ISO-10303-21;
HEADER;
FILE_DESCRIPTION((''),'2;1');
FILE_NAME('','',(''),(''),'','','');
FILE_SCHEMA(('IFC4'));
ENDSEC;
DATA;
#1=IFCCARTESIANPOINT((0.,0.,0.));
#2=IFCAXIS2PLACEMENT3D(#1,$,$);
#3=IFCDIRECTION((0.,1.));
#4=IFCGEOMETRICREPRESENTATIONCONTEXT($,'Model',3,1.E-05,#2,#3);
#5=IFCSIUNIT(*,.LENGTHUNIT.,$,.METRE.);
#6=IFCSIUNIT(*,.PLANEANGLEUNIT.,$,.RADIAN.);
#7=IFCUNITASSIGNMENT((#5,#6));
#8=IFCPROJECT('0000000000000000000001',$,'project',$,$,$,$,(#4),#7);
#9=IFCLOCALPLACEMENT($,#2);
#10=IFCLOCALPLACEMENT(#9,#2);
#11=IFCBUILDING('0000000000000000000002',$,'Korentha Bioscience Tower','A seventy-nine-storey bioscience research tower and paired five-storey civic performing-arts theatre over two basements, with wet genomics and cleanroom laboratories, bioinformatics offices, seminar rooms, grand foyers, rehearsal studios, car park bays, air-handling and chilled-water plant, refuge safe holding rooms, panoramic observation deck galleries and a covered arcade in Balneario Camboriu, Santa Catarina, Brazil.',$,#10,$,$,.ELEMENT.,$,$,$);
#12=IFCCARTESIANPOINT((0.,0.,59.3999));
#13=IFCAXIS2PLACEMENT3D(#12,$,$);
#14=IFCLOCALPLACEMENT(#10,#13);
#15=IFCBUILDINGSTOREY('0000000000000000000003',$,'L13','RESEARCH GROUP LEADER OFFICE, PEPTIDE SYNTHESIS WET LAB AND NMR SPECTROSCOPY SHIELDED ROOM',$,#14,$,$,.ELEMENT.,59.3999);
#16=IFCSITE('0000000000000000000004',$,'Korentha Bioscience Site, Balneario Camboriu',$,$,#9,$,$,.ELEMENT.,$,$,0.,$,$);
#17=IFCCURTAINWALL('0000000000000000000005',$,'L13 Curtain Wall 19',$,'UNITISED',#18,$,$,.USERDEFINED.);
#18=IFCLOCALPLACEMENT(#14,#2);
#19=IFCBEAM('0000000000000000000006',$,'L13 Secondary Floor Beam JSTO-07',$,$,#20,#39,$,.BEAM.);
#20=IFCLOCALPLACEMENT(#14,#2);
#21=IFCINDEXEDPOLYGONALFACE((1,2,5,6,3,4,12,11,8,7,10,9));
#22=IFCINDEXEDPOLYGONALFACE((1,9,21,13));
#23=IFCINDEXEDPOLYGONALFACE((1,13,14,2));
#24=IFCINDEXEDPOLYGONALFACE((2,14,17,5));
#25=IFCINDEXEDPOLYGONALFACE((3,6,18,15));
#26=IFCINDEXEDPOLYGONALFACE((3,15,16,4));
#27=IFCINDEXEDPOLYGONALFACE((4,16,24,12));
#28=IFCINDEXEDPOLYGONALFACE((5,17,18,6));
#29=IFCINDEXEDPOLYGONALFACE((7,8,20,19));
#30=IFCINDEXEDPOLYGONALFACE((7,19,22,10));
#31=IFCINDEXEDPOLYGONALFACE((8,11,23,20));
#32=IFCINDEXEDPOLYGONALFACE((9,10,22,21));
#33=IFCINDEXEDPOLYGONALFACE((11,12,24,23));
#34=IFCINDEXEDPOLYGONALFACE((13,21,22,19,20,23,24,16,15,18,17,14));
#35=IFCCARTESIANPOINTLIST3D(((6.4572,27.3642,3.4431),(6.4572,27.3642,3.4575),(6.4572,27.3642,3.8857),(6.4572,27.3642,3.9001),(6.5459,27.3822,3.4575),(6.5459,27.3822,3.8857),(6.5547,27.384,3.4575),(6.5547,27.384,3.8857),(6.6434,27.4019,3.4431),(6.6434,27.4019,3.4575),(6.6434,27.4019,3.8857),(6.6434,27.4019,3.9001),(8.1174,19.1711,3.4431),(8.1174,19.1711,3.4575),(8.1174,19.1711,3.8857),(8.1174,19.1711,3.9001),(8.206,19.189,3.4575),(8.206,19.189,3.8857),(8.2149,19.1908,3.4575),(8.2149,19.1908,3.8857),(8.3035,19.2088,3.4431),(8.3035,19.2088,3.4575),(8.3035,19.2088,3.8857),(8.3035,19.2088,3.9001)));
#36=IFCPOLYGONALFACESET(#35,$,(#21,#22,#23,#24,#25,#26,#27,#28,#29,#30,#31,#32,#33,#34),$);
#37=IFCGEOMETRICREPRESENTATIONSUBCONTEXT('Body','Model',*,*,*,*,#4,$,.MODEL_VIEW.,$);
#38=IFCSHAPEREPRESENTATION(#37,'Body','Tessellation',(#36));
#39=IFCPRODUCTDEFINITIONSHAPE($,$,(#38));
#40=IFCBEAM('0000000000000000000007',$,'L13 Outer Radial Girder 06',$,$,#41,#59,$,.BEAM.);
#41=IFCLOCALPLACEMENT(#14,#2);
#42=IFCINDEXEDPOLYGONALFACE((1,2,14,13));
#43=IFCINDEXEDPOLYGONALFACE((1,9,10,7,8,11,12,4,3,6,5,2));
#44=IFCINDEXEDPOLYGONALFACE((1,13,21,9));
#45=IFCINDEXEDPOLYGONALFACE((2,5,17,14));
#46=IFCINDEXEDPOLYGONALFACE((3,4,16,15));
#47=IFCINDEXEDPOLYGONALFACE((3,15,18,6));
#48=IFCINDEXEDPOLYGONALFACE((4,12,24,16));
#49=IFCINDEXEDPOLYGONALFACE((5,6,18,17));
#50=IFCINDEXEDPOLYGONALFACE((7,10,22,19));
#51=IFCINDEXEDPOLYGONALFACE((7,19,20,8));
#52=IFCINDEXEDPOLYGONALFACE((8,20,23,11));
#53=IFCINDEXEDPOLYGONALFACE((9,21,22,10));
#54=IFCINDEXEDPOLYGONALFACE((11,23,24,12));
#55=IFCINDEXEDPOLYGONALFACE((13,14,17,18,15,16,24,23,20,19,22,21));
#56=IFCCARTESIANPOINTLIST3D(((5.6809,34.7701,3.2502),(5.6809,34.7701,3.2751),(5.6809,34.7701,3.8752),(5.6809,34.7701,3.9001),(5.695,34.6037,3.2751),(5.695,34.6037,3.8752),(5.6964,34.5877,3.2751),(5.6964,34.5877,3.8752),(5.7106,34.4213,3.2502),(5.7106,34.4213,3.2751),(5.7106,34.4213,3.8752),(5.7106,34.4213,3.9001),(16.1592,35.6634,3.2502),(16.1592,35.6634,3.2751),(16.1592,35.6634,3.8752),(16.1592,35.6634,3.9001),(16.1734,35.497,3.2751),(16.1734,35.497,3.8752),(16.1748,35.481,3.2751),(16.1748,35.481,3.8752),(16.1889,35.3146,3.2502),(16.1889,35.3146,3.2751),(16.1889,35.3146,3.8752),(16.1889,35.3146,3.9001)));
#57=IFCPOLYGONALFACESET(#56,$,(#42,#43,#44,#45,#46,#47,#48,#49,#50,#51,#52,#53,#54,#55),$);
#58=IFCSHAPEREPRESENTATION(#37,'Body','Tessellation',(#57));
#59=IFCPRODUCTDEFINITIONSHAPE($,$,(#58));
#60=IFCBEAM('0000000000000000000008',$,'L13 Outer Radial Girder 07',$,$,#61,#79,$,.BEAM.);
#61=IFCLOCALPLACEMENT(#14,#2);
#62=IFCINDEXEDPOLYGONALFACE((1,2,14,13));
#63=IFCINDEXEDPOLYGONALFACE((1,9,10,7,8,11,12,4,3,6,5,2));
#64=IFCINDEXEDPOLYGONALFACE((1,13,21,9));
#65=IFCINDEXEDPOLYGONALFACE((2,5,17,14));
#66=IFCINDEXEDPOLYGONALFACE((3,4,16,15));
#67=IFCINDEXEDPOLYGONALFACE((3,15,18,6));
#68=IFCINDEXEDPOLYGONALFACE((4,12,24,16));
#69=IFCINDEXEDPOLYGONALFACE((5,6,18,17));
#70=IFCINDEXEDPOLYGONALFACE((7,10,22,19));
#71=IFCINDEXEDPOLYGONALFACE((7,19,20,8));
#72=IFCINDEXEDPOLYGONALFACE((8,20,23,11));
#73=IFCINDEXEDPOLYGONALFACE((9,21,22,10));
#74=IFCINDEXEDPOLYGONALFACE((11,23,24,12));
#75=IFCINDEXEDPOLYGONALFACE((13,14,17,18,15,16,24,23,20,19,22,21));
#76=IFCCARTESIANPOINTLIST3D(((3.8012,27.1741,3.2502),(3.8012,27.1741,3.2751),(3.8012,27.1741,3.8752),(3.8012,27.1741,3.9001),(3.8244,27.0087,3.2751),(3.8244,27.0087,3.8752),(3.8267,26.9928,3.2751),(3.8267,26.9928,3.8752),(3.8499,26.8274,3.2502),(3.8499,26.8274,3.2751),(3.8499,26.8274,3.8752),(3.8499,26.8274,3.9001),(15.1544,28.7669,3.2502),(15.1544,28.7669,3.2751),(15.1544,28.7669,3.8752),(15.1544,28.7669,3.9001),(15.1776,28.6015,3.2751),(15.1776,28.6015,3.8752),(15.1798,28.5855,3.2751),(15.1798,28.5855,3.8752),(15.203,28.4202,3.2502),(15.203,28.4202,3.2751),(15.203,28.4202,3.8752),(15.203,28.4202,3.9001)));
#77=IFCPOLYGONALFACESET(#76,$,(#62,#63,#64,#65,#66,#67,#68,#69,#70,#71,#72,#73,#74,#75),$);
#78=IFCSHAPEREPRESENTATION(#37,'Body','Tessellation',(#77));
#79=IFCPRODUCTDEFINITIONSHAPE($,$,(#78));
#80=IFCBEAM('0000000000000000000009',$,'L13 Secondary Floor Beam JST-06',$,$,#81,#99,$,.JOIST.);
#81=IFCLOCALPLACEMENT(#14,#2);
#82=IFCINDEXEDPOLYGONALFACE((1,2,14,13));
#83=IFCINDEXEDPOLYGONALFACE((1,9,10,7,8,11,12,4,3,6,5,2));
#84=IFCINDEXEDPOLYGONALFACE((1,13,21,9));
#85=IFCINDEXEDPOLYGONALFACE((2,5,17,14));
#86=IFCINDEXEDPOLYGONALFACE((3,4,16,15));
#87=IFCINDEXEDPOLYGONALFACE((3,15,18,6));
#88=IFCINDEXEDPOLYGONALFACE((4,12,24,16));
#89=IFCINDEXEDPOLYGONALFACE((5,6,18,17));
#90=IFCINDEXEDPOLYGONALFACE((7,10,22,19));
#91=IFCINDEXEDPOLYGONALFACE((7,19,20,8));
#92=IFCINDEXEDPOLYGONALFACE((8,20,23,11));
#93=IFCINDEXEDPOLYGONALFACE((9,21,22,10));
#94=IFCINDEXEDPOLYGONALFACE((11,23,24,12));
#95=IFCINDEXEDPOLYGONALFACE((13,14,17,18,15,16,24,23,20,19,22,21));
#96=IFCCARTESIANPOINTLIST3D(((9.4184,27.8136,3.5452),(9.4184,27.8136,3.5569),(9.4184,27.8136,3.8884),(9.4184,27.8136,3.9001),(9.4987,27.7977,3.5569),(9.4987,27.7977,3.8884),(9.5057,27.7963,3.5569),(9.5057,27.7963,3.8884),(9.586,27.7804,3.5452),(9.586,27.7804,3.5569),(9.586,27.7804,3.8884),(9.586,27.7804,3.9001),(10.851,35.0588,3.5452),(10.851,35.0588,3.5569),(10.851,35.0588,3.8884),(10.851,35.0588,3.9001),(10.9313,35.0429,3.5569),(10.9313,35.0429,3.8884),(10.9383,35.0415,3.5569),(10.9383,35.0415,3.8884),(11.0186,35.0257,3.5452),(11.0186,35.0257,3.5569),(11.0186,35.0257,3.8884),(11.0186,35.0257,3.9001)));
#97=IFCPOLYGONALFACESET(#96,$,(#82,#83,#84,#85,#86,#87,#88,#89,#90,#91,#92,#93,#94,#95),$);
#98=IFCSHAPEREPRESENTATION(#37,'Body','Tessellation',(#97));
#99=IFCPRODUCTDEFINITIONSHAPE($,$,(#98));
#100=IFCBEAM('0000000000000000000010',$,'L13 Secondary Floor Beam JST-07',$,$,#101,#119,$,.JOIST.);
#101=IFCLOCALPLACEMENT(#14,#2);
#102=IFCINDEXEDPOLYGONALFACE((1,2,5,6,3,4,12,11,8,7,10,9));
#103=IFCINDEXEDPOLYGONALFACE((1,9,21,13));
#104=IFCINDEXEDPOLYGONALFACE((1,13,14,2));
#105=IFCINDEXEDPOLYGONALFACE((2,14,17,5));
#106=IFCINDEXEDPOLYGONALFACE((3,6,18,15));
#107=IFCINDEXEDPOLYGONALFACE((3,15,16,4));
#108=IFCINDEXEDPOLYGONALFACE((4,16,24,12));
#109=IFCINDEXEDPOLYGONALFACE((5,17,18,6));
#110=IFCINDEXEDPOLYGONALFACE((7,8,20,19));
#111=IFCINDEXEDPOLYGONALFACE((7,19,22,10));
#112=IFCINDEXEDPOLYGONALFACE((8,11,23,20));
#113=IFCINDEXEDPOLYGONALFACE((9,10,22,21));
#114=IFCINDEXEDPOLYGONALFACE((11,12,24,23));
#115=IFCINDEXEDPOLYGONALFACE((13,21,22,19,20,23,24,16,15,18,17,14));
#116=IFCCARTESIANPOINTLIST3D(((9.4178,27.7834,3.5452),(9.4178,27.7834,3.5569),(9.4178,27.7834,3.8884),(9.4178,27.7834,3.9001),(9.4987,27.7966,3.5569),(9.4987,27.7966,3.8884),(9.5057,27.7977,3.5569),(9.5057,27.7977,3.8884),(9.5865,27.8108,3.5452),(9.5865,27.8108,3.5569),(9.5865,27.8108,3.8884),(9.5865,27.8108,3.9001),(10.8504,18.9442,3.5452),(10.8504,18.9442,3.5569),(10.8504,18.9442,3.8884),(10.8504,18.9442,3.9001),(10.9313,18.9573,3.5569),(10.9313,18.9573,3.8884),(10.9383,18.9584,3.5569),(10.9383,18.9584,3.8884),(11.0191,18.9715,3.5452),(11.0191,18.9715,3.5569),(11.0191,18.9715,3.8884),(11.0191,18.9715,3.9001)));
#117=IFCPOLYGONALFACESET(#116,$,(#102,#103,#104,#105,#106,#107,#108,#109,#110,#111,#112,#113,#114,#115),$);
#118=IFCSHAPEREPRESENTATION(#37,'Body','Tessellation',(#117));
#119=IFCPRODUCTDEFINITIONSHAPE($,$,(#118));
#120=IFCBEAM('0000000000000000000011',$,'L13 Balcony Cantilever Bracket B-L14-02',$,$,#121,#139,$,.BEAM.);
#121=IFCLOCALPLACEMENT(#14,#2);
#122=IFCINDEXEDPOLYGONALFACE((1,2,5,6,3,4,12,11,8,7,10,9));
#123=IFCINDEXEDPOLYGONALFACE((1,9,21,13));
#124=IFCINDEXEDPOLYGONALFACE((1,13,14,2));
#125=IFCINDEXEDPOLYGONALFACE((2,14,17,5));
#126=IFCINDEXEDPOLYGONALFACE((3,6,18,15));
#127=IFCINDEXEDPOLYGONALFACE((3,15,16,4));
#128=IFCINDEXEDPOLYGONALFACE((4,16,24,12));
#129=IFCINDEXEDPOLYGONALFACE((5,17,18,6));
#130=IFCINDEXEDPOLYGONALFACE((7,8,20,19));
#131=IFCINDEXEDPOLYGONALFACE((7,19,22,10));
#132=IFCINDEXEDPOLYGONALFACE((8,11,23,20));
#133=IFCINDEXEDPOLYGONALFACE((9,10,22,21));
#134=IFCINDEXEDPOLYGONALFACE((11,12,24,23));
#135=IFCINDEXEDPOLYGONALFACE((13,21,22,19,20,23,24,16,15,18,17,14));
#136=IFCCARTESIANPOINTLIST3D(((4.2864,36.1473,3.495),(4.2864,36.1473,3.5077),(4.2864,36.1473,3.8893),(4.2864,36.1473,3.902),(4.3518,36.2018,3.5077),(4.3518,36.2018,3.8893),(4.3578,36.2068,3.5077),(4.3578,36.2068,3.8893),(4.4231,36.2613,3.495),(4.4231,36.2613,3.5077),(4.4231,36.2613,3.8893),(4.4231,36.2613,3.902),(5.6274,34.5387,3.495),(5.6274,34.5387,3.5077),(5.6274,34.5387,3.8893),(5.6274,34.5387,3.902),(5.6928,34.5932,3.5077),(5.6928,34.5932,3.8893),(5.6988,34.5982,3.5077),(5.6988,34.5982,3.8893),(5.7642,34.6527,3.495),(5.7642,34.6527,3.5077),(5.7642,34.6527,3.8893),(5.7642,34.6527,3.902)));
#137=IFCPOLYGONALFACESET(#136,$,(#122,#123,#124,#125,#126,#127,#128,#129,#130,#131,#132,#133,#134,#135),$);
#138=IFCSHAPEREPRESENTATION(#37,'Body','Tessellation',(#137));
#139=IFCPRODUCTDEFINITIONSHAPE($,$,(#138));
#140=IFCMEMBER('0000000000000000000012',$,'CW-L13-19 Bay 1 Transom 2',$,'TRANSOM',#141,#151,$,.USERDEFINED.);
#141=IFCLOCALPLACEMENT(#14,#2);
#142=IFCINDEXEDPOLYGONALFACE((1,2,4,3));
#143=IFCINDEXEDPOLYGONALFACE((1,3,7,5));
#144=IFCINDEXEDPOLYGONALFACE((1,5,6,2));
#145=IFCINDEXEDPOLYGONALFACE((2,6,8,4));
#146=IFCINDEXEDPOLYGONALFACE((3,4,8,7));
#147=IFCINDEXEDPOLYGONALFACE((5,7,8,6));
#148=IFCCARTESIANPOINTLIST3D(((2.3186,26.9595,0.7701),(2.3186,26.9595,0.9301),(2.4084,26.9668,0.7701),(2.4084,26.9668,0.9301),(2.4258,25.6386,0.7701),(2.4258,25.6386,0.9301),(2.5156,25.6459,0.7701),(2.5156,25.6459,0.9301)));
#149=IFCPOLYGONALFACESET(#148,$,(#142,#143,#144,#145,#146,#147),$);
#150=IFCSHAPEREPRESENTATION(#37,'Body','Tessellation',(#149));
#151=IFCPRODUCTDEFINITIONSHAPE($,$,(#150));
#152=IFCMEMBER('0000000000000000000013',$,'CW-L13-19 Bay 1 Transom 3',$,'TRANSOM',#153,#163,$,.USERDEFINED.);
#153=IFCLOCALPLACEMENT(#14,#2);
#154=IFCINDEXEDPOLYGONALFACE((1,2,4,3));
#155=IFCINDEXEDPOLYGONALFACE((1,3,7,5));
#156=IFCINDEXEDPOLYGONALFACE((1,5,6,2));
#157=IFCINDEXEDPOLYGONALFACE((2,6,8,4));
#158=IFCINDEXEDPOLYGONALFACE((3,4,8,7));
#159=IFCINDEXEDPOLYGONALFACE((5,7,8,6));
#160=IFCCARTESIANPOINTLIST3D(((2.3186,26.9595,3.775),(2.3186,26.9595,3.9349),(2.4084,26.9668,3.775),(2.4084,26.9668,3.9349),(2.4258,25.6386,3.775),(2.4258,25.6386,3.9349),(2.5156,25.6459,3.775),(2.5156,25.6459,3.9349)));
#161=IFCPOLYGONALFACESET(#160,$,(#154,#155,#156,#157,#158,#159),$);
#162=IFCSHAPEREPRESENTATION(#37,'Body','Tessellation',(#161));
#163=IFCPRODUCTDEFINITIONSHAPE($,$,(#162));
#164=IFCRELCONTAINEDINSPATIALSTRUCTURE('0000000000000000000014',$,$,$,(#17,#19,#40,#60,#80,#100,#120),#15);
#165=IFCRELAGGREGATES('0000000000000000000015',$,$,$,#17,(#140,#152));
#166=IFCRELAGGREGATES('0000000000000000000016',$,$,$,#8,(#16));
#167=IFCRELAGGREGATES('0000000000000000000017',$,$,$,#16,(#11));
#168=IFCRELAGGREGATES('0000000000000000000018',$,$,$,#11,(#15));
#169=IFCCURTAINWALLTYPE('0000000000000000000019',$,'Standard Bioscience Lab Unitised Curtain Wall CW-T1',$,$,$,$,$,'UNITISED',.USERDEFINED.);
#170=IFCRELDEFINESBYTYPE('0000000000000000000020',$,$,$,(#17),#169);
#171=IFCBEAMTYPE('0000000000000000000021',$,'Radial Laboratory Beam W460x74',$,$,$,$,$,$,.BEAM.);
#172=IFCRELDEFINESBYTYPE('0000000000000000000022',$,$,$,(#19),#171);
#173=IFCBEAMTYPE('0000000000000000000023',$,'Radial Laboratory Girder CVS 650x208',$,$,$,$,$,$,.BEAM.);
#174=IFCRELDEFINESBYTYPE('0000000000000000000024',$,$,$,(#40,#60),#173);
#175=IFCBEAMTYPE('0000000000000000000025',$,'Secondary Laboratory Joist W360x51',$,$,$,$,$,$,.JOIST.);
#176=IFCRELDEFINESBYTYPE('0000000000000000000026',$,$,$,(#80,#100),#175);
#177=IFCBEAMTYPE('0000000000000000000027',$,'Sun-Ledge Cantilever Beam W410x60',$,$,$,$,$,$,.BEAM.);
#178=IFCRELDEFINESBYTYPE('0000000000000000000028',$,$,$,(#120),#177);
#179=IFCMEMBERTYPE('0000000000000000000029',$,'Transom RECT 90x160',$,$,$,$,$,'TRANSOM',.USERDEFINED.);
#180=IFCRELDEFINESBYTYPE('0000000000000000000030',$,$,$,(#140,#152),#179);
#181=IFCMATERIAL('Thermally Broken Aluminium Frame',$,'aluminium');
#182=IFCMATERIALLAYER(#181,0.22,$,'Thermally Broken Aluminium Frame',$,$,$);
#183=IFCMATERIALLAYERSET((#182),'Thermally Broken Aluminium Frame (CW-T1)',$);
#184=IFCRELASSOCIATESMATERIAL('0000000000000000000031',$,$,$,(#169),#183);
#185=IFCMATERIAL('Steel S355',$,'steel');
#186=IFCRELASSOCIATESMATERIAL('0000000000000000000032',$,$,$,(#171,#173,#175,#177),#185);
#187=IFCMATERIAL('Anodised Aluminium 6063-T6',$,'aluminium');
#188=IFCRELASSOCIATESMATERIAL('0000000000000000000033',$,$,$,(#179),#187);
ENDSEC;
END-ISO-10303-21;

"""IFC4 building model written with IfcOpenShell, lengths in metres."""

from ifc_helpers import new_model, si_unit, direction, frame, origin, origin_2d, place, context, subcontext, project, spatial, rectangle, i_section, extrude, material, layer, layer_set, material_profile, profile_set, type_object, element, aggregate, save


model = new_model("IFC4")

# Units and contexts
model_context = context("Model", 3, precision=1e-05, world=origin(), true_north=direction((0.0, 1.0)))
body_context = subcontext(model_context, "Body", "Model", "MODEL_VIEW")
ifc_project = project(units=[si_unit("LENGTHUNIT", "METRE"), si_unit("PLANEANGLEUNIT", "RADIAN")], contexts=[model_context])

# Site, building, storey
site_placement = place(None, origin())
site = spatial("IfcSite", under=ifc_project, at=site_placement, Name="Korentha Bioscience Site, Balneario Camboriu", CompositionType="ELEMENT", RefElevation=0.0)
building_placement = place(site_placement, origin())
building = spatial("IfcBuilding", under=site, at=building_placement, Name="Korentha Bioscience Tower", Description="A seventy-nine-storey bioscience research tower and paired five-storey civic performing-arts theatre over two basements, with wet genomics and cleanroom laboratories, bioinformatics offices, seminar rooms, grand foyers, rehearsal studios, car park bays, air-handling and chilled-water plant, refuge safe holding rooms, panoramic observation deck galleries and a covered arcade in Balneario Camboriu, Santa Catarina, Brazil.", CompositionType="ELEMENT")
storey_placement = place(building_placement, frame((0.0, 0.0, 59.3999)))
storey = spatial("IfcBuildingStorey", under=building, at=storey_placement, Name="L13", Description="RESEARCH GROUP LEADER OFFICE, PEPTIDE SYNTHESIS WET LAB AND NMR SPECTROSCOPY SHIELDED ROOM", CompositionType="ELEMENT", Elevation=59.3999)

# Shared definitions
ifc_material_1 = material(Name="Steel S355", Category="steel")

# Curtain wall
ifc_material_2 = material(Name="Thermally Broken Aluminium Frame", Category="aluminium")
ifc_layer_1 = layer(ifc_material_2, 0.22, Name="Thermally Broken Aluminium Frame")
ifc_layer_set_1 = layer_set([ifc_layer_1], Name="Thermally Broken Aluminium Frame (CW-T1)")
curtain_wall_type = type_object("IfcCurtainWallType", Name="Standard Bioscience Lab Unitised Curtain Wall CW-T1", ElementType="UNITISED", PredefinedType="USERDEFINED", material=ifc_layer_set_1)
curtain_wall_placement = place(storey_placement, origin())
curtain_wall = element("IfcCurtainWall", 1, at=curtain_wall_placement, inside=storey, type_object=curtain_wall_type, Name="L13 Curtain Wall 19", ObjectType="UNITISED", PredefinedType="USERDEFINED")
ifc_material_3 = material(Name="Anodised Aluminium 6063-T6", Category="aluminium")

# Beams
ifc_material_profile_1 = material_profile(ifc_material_1, i_section(OverallWidth=0.1899, OverallDepth=0.457, WebThickness=0.009, FlangeThickness=0.0144, at=origin_2d()), Name="Steel S355")
ifc_profile_set_1 = profile_set([ifc_material_profile_1], Name="Steel S355 (RB-460)")
beam_type_1 = type_object("IfcBeamType", Name="Radial Laboratory Beam W460x74", PredefinedType="BEAM", material=ifc_profile_set_1)
beam_1_placement = place(storey_placement, frame((6.5503, 27.3831, 3.6716), z_axis=(0.198592, -0.980082, 0.0), x_axis=(0.980082, 0.198592, 0.0)))
element("IfcBeam", 2, at=beam_1_placement, inside=storey, type_object=beam_type_1, Name="L13 Secondary Floor Beam JSTO-07", PredefinedType="BEAM", context=body_context, shape_type="SweptSolid", body=[
    extrude(i_section(OverallWidth=0.1899, OverallDepth=0.457, WebThickness=0.009, FlangeThickness=0.0144, at=origin_2d()), origin(), (0.0, 0.0, 1.0), 8.3596),
])
ifc_material_profile_2 = material_profile(ifc_material_1, i_section(OverallWidth=0.3501, OverallDepth=0.6499, WebThickness=0.0161, FlangeThickness=0.0249, at=origin_2d()), Name="Steel S355")
ifc_profile_set_2 = profile_set([ifc_material_profile_2], Name="Steel S355 (RB-650)")
beam_type_2 = type_object("IfcBeamType", Name="Radial Laboratory Girder CVS 650x208", PredefinedType="BEAM", material=ifc_profile_set_2)
beam_2_placement = place(storey_placement, frame((16.1741, 35.489, 3.5752), z_axis=(-0.996386, -0.084945, 0.0), x_axis=(0.084945, -0.996386, 0.0)))
element("IfcBeam", 3, at=beam_2_placement, inside=storey, type_object=beam_type_2, Name="L13 Outer Radial Girder 06", PredefinedType="BEAM", context=body_context, shape_type="SweptSolid", body=[
    extrude(i_section(OverallWidth=0.3501, OverallDepth=0.6499, WebThickness=0.0161, FlangeThickness=0.0249, at=origin_2d()), origin(), (0.0, 0.0, 1.0), 10.5164),
])
beam_3_placement = place(storey_placement, frame((15.1787, 28.5935, 3.5752), z_axis=(-0.990302, -0.138931, 0.0), x_axis=(0.138931, -0.990302, 0.0)))
element("IfcBeam", 4, at=beam_3_placement, inside=storey, type_object=beam_type_2, Name="L13 Outer Radial Girder 07", PredefinedType="BEAM", context=body_context, shape_type="SweptSolid", body=[
    extrude(i_section(OverallWidth=0.3501, OverallDepth=0.6499, WebThickness=0.0161, FlangeThickness=0.0249, at=origin_2d()), origin(), (0.0, 0.0, 1.0), 11.4644),
])
ifc_material_profile_3 = material_profile(ifc_material_1, i_section(OverallWidth=0.1709, OverallDepth=0.355, WebThickness=0.0071, FlangeThickness=0.0117, at=origin_2d()), Name="Steel S355")
ifc_profile_set_3 = profile_set([ifc_material_profile_3], Name="Steel S355 (JB-360)")
beam_type_3 = type_object("IfcBeamType", Name="Secondary Laboratory Joist W360x51", PredefinedType="JOIST", material=ifc_profile_set_3)
beam_4_placement = place(storey_placement, frame((10.9348, 35.0422, 3.7227), z_axis=(-0.19398, -0.981006, 0.0), x_axis=(0.981006, -0.19398, 0.0)))
element("IfcBeam", 5, at=beam_4_placement, inside=storey, type_object=beam_type_3, Name="L13 Secondary Floor Beam JST-06", PredefinedType="JOIST", context=body_context, shape_type="SweptSolid", body=[
    extrude(i_section(OverallWidth=0.1709, OverallDepth=0.355, WebThickness=0.0071, FlangeThickness=0.0117, at=origin_2d()), origin(), (0.0, 0.0, 1.0), 7.3855),
])
beam_5_placement = place(storey_placement, frame((9.5022, 27.7971, 3.7227), z_axis=(0.159985, -0.987119, 0.0), x_axis=(0.987119, 0.159985, 0.0)))
element("IfcBeam", 6, at=beam_5_placement, inside=storey, type_object=beam_type_3, Name="L13 Secondary Floor Beam JST-07", PredefinedType="JOIST", context=body_context, shape_type="SweptSolid", body=[
    extrude(i_section(OverallWidth=0.1709, OverallDepth=0.355, WebThickness=0.0071, FlangeThickness=0.0117, at=origin_2d()), origin(), (0.0, 0.0, 1.0), 8.9546),
])
ifc_material_profile_4 = material_profile(ifc_material_1, i_section(OverallWidth=0.178, OverallDepth=0.407, WebThickness=0.0078, FlangeThickness=0.0127, at=origin_2d()), Name="Steel S355")
ifc_profile_set_4 = profile_set([ifc_material_profile_4], Name="Steel S355 (CB-410)")
beam_type_4 = type_object("IfcBeamType", Name="Sun-Ledge Cantilever Beam W410x60", PredefinedType="BEAM", material=ifc_profile_set_4)
beam_6_placement = place(storey_placement, frame((5.6958, 34.5957, 3.6985), z_axis=(-0.640333, 0.768097, 0.0), x_axis=(-0.768097, -0.640333, 0.0)))
element("IfcBeam", 7, at=beam_6_placement, inside=storey, type_object=beam_type_4, Name="L13 Balcony Cantilever Bracket B-L14-02", PredefinedType="BEAM", context=body_context, shape_type="SweptSolid", body=[
    extrude(i_section(OverallWidth=0.178, OverallDepth=0.407, WebThickness=0.0078, FlangeThickness=0.0127, at=origin_2d()), origin(), (0.0, 0.0, 1.0), 2.0942),
])

# Members
ifc_material_profile_5 = material_profile(ifc_material_3, rectangle(XDim=0.0901, YDim=0.1599, at=origin_2d()), Name="Anodised Aluminium 6063-T6")
ifc_profile_set_5 = profile_set([ifc_material_profile_5], Name="Anodised Aluminium 6063-T6 (CW-TRN)")
member_type_1 = type_object("IfcMemberType", Name="Transom RECT 90x160", ElementType="TRANSOM", PredefinedType="USERDEFINED", material=ifc_profile_set_5)
member_1_placement = place(storey_placement, frame((2.3635, 26.9631, 0.8501), z_axis=(0.08088, -0.996724, 0.0), x_axis=(0.996724, 0.08088, 0.0)))
member_1 = element("IfcMember", 8, at=member_1_placement, type_object=member_type_1, Name="CW-L13-19 Bay 1 Transom 2", ObjectType="TRANSOM", PredefinedType="USERDEFINED", context=body_context, shape_type="SweptSolid", body=[
    extrude(rectangle(XDim=0.0901, YDim=0.1599, at=origin_2d()), origin(), (0.0, 0.0, 1.0), 1.3252),
])
member_2_placement = place(storey_placement, frame((2.3635, 26.9631, 3.855), z_axis=(0.08088, -0.996724, 0.0), x_axis=(0.996724, 0.08088, 0.0)))
member_2 = element("IfcMember", 9, at=member_2_placement, type_object=member_type_1, Name="CW-L13-19 Bay 1 Transom 3", ObjectType="TRANSOM", PredefinedType="USERDEFINED", context=body_context, shape_type="SweptSolid", body=[
    extrude(rectangle(XDim=0.0901, YDim=0.1599, at=origin_2d()), origin(), (0.0, 0.0, 1.0), 1.3252),
])
aggregate(curtain_wall, [member_1, member_2])

save(model, "model.ifc")
